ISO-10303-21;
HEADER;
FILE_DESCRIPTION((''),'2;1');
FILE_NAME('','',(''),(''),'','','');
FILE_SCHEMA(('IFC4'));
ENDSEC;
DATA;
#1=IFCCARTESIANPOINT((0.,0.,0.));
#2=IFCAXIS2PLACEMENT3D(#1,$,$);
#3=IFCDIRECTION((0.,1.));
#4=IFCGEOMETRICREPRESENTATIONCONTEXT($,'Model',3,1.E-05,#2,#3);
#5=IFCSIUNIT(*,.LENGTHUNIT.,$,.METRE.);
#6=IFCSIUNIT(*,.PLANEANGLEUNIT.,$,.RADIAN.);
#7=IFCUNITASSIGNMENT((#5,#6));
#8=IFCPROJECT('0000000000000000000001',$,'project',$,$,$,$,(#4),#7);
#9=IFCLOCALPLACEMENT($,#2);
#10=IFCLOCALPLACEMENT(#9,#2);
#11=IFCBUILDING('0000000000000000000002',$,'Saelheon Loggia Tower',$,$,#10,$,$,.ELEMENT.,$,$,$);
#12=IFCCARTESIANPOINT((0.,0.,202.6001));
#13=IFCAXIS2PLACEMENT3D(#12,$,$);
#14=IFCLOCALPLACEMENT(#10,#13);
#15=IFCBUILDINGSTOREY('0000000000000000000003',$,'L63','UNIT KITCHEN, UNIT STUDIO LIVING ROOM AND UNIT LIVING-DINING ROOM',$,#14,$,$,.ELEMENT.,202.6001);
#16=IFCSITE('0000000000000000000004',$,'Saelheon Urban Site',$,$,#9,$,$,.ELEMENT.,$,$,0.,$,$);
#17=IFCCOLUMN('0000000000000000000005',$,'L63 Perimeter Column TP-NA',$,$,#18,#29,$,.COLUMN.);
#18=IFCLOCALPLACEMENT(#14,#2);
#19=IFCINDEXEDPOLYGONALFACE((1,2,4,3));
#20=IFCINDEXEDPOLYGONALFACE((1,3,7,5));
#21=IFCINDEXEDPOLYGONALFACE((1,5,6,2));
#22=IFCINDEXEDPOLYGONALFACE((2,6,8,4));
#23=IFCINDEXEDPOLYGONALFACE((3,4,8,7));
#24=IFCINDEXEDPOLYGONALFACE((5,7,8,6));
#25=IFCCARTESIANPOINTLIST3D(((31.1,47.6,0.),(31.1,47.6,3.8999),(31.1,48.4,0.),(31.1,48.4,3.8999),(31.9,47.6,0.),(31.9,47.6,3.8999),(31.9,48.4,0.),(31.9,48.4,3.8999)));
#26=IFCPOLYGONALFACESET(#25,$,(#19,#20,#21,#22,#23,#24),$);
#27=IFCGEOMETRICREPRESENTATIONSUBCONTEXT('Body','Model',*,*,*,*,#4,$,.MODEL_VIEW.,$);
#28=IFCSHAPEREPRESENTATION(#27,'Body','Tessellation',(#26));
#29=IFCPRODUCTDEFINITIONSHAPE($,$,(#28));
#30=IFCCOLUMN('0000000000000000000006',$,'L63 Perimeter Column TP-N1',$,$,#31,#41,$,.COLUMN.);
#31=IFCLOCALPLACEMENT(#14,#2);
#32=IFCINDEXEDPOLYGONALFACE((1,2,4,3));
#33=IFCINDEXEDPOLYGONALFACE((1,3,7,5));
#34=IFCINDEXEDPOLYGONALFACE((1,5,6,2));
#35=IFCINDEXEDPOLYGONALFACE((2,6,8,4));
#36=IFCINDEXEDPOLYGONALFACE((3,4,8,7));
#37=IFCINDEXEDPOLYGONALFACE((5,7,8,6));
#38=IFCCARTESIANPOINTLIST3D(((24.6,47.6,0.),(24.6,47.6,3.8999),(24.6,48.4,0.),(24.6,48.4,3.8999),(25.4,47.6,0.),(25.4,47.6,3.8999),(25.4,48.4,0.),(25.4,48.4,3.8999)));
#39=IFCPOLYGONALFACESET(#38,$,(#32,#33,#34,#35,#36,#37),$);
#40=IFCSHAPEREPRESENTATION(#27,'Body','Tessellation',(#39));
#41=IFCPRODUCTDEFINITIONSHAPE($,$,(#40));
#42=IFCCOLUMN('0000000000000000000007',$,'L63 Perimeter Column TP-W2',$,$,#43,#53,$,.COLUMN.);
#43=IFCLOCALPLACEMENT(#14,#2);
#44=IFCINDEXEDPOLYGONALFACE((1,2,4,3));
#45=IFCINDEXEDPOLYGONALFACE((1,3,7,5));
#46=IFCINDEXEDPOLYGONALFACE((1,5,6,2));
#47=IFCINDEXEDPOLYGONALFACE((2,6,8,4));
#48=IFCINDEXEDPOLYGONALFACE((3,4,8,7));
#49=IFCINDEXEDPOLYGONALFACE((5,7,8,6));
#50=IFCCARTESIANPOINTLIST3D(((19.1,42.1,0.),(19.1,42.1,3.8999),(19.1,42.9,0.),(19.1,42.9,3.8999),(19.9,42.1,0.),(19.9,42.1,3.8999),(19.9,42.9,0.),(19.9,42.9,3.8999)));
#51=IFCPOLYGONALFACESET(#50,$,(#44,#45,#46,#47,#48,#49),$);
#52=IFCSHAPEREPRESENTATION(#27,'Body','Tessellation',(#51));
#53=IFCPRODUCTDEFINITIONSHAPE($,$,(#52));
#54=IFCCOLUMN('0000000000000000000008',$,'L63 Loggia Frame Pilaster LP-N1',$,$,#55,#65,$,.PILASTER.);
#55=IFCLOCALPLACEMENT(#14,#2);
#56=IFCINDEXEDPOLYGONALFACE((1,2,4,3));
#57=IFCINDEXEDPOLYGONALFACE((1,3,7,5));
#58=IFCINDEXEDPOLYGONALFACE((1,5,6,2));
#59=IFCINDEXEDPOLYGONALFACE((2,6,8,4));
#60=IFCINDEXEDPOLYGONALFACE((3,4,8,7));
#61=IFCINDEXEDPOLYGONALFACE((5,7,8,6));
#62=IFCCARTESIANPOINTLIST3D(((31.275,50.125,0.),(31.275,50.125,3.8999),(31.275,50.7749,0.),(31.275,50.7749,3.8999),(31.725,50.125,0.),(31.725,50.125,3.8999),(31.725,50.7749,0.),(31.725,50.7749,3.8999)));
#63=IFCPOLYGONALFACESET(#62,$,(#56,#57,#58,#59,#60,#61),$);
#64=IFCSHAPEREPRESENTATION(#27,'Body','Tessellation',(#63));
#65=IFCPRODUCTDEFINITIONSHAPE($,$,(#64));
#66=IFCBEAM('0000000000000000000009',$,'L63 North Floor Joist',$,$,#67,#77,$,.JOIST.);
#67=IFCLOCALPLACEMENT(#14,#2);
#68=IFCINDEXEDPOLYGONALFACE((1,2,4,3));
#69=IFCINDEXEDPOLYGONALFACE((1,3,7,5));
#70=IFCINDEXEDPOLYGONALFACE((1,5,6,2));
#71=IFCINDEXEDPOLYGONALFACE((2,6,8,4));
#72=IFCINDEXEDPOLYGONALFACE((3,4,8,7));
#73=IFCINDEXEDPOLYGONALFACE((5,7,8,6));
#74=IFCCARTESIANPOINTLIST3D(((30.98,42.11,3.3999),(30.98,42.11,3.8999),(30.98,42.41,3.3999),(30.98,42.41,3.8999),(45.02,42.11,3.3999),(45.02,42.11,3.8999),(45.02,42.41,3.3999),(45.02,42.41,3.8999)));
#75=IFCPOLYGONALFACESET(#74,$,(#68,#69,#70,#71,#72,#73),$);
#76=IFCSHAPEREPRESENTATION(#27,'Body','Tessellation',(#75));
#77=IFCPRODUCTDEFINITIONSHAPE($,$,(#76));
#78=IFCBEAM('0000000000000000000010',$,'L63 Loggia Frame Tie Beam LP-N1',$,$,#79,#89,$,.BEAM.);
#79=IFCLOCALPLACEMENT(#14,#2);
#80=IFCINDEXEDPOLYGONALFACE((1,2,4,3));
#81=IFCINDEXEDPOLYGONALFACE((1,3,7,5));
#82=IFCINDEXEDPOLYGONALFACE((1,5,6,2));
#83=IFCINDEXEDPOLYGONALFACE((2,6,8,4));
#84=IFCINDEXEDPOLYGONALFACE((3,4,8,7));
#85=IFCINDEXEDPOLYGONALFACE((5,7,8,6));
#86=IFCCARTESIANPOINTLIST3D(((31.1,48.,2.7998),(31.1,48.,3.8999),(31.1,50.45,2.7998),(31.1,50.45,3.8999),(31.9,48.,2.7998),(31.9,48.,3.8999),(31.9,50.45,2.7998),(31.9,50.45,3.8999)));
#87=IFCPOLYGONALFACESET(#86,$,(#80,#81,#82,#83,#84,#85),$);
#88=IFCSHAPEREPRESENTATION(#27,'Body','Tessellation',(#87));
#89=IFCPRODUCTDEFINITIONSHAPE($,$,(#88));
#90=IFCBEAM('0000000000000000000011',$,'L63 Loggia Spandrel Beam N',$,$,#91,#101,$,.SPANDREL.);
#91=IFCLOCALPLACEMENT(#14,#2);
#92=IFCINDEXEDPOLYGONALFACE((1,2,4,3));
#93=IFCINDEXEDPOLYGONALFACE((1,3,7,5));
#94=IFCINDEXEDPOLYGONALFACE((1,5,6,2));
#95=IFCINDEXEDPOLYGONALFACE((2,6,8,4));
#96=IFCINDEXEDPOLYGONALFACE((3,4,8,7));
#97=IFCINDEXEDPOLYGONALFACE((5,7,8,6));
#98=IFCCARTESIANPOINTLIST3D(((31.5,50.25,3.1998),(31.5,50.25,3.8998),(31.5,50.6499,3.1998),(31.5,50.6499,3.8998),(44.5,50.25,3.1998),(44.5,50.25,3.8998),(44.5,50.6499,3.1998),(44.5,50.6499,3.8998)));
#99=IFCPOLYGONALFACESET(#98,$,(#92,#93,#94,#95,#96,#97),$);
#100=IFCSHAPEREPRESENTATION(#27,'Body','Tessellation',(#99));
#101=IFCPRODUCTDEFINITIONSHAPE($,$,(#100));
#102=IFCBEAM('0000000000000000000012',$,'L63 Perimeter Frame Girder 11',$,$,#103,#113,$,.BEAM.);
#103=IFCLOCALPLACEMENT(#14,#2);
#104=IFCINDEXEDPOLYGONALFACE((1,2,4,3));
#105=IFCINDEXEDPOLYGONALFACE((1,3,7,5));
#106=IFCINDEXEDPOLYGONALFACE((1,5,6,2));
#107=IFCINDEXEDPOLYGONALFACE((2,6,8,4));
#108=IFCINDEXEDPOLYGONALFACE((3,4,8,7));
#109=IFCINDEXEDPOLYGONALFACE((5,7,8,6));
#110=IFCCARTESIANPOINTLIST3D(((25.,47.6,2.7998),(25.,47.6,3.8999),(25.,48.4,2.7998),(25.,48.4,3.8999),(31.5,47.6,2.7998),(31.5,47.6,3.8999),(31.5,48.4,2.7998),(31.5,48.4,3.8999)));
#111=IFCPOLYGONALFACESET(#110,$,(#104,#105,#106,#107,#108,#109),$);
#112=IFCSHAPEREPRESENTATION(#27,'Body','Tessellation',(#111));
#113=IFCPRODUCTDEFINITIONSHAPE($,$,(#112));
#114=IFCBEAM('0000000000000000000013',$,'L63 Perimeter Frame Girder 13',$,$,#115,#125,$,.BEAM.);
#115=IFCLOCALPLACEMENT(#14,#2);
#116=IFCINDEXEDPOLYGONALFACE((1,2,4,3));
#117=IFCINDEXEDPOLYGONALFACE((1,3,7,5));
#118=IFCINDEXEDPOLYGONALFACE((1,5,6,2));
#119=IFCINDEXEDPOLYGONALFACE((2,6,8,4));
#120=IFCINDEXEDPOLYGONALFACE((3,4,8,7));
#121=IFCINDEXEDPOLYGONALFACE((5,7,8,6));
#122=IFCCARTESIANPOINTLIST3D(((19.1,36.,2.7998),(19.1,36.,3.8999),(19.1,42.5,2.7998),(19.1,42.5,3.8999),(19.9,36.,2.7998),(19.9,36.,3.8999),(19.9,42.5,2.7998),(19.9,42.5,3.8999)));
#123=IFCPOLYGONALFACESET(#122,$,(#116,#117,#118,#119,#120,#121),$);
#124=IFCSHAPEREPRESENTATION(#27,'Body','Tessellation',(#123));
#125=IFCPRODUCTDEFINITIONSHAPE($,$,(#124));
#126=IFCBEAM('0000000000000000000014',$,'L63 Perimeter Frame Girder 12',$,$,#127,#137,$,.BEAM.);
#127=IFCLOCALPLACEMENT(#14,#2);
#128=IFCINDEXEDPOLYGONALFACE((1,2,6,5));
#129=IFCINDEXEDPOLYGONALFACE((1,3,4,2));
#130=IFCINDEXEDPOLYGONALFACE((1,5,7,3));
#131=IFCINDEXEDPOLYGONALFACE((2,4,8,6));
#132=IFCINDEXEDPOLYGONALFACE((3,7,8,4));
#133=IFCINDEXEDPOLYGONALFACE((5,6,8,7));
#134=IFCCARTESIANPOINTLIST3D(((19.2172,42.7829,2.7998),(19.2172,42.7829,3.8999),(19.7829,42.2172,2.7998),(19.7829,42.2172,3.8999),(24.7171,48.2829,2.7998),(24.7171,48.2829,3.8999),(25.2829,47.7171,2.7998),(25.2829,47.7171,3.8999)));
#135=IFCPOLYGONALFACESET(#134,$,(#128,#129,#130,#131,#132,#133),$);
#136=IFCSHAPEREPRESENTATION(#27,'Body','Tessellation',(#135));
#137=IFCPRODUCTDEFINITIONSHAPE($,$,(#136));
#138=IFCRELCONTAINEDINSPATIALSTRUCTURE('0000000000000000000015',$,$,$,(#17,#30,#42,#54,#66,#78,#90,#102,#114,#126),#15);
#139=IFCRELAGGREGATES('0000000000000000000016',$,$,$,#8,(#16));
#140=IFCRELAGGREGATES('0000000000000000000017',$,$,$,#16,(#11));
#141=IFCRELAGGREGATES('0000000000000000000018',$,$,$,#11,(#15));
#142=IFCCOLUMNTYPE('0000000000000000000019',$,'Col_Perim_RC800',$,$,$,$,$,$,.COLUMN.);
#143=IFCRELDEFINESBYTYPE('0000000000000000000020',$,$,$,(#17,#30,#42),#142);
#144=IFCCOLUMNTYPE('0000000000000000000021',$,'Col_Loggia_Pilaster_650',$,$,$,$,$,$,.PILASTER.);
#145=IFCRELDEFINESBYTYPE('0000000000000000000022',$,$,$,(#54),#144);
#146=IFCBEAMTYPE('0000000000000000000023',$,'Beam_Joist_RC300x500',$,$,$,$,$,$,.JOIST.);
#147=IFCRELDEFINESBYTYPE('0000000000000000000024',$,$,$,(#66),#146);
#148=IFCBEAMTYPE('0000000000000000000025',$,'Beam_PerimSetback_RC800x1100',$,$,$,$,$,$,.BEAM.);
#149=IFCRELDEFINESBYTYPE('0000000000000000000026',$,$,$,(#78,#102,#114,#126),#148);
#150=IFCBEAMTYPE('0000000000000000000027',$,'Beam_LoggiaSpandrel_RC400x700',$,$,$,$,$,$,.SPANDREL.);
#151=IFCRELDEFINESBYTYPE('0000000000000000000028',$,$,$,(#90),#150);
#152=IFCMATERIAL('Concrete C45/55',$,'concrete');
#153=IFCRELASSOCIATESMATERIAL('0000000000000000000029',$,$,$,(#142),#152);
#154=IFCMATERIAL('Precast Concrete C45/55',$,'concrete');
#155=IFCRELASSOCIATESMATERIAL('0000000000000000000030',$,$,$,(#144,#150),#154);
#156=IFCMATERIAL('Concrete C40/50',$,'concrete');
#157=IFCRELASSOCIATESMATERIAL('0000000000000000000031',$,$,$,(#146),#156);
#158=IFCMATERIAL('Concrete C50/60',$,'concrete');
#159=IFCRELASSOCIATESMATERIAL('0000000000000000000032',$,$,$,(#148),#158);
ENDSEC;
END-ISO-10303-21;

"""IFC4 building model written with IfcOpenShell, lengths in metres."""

from ifc_helpers import new_model, si_unit, direction, frame, origin, origin_2d, place, context, subcontext, project, spatial, rectangle, extrude, source, transform, mapped, material, material_profile, profile_set, type_object, element, save


model = new_model("IFC4")

# Units and contexts
model_context = context("Model", 3, precision=1e-05, world=origin(), true_north=direction((0.0, 1.0)))
body_context = subcontext(model_context, "Body", "Model", "MODEL_VIEW")
ifc_project = project(units=[si_unit("LENGTHUNIT", "METRE"), si_unit("PLANEANGLEUNIT", "RADIAN")], contexts=[model_context])

# Site, building, storey
site_placement = place(None, origin())
site = spatial("IfcSite", under=ifc_project, at=site_placement, Name="Saelheon Urban Site", CompositionType="ELEMENT", RefElevation=0.0)
building_placement = place(site_placement, origin())
building = spatial("IfcBuilding", under=site, at=building_placement, Name="Saelheon Loggia Tower", CompositionType="ELEMENT")
storey_placement = place(building_placement, frame((0.0, 0.0, 202.6001)))
storey = spatial("IfcBuildingStorey", under=building, at=storey_placement, Name="L63", Description="UNIT KITCHEN, UNIT STUDIO LIVING ROOM AND UNIT LIVING-DINING ROOM", CompositionType="ELEMENT", Elevation=202.6001)

# Columns
ifc_material_1 = material(Name="Concrete C45/55", Category="concrete")
ifc_material_profile_1 = material_profile(ifc_material_1, rectangle(XDim=0.8, YDim=0.8, at=origin_2d()), Name="RC-800x800")
ifc_profile_set_1 = profile_set([ifc_material_profile_1], Name="Concrete C45/55")
column_type_1 = type_object("IfcColumnType", Name="Col_Perim_RC800", PredefinedType="COLUMN", material=ifc_profile_set_1)
shared_shape_1 = source(origin(), body_context, "Body", "SweptSolid", [
    extrude(rectangle(XDim=0.8, YDim=0.8, at=origin_2d()), origin(), (0.0, 0.0, 1.0), 3.8999),
])
for number, where, z_axis, x_axis, name in (
    (1, (31.5, 48.0, 0.0), (0.0, 0.0, 1.0), (1.0, 0.0, 0.0), "L63 Perimeter Column TP-NA"),
    (2, (25.0, 48.0, 0.0), (0.0, 0.0, 1.0), (1.0, 0.0, 0.0), "L63 Perimeter Column TP-N1"),
    (3, (19.5, 42.5, 0.0), (0.0, 0.0, 1.0), (1.0, 0.0, 0.0), "L63 Perimeter Column TP-W2"),
):
    element("IfcColumn", number, at=place(storey_placement, frame(where, z_axis=z_axis, x_axis=x_axis)), inside=storey, type_object=column_type_1, Name=name, PredefinedType="COLUMN", context=body_context, shape_type="MappedRepresentation", body=[
        mapped(shared_shape_1, transform((0.0, 0.0, 0.0), scale=1.0)),
    ])
ifc_material_2 = material(Name="Precast Concrete C45/55", Category="concrete")
ifc_material_profile_2 = material_profile(ifc_material_2, rectangle(XDim=0.45, YDim=0.6499, at=origin_2d()), Name="RC-450x650")
ifc_profile_set_2 = profile_set([ifc_material_profile_2], Name="Precast Concrete C45/55")
column_type_2 = type_object("IfcColumnType", Name="Col_Loggia_Pilaster_650", PredefinedType="PILASTER", material=ifc_profile_set_2)
shared_shape_2 = source(origin(), body_context, "Body", "SweptSolid", [
    extrude(rectangle(XDim=0.45, YDim=0.6499, at=origin_2d()), origin(), (0.0, 0.0, 1.0), 3.8999),
])
column_placement = place(storey_placement, frame((31.5, 50.45, 0.0), z_axis=(0.0, 0.0, 1.0), x_axis=(1.0, 0.0, 0.0)))
element("IfcColumn", 4, at=column_placement, inside=storey, type_object=column_type_2, Name="L63 Loggia Frame Pilaster LP-N1", PredefinedType="PILASTER", context=body_context, shape_type="MappedRepresentation", body=[
    mapped(shared_shape_2, transform((0.0, 0.0, 0.0), scale=1.0)),
])

# Beams
ifc_material_3 = material(Name="Concrete C40/50", Category="concrete")
ifc_material_profile_3 = material_profile(ifc_material_3, rectangle(XDim=0.3, YDim=0.5, at=origin_2d()), Name="RC-300x500")
ifc_profile_set_3 = profile_set([ifc_material_profile_3], Name="Concrete C40/50")
beam_type_1 = type_object("IfcBeamType", Name="Beam_Joist_RC300x500", PredefinedType="JOIST", material=ifc_profile_set_3)
shared_shape_3 = source(origin(), body_context, "Body", "SweptSolid", [
    extrude(rectangle(XDim=0.3, YDim=0.5, at=origin_2d()), origin(), (0.0, 0.0, 1.0), 14.04),
])
beam_1_placement = place(storey_placement, frame((30.98, 42.26, 3.6499), z_axis=(1.0, 0.0, 0.0), x_axis=(0.0, 1.0, 0.0)))
element("IfcBeam", 5, at=beam_1_placement, inside=storey, type_object=beam_type_1, Name="L63 North Floor Joist", PredefinedType="JOIST", context=body_context, shape_type="MappedRepresentation", body=[
    mapped(shared_shape_3, transform((0.0, 0.0, 0.0), scale=1.0)),
])
ifc_material_4 = material(Name="Concrete C50/60", Category="concrete")
ifc_material_profile_4 = material_profile(ifc_material_4, rectangle(XDim=0.8, YDim=1.1001, at=origin_2d()), Name="RC-800x1100")
ifc_profile_set_4 = profile_set([ifc_material_profile_4], Name="Concrete C50/60")
beam_type_2 = type_object("IfcBeamType", Name="Beam_PerimSetback_RC800x1100", PredefinedType="BEAM", material=ifc_profile_set_4)
shared_shape_4 = source(origin(), body_context, "Body", "SweptSolid", [
    extrude(rectangle(XDim=0.8, YDim=1.1001, at=origin_2d()), origin(), (0.0, 0.0, 1.0), 2.45),
])
beam_2_placement = place(storey_placement, frame((31.5, 48.0, 3.3499), z_axis=(0.0, 1.0, 0.0), x_axis=(-1.0, 0.0, 0.0)))
element("IfcBeam", 6, at=beam_2_placement, inside=storey, type_object=beam_type_2, Name="L63 Loggia Frame Tie Beam LP-N1", PredefinedType="BEAM", context=body_context, shape_type="MappedRepresentation", body=[
    mapped(shared_shape_4, transform((0.0, 0.0, 0.0), scale=1.0)),
])
ifc_material_profile_5 = material_profile(ifc_material_2, rectangle(XDim=0.3999, YDim=0.7, at=origin_2d()), Name="RC-400x700")
ifc_profile_set_5 = profile_set([ifc_material_profile_5], Name="Precast Concrete C45/55")
beam_type_3 = type_object("IfcBeamType", Name="Beam_LoggiaSpandrel_RC400x700", PredefinedType="SPANDREL", material=ifc_profile_set_5)
shared_shape_5 = source(origin(), body_context, "Body", "SweptSolid", [
    extrude(rectangle(XDim=0.3999, YDim=0.7, at=origin_2d()), origin(), (0.0, 0.0, 1.0), 13.0),
])
beam_3_placement = place(storey_placement, frame((31.5, 50.45, 3.5498), z_axis=(1.0, 0.0, 0.0), x_axis=(0.0, 1.0, 0.0)))
element("IfcBeam", 7, at=beam_3_placement, inside=storey, type_object=beam_type_3, Name="L63 Loggia Spandrel Beam N", PredefinedType="SPANDREL", context=body_context, shape_type="MappedRepresentation", body=[
    mapped(shared_shape_5, transform((0.0, 0.0, 0.0), scale=1.0)),
])
shared_shape_6 = source(origin(), body_context, "Body", "SweptSolid", [
    extrude(rectangle(XDim=0.8, YDim=1.1001, at=origin_2d()), origin(), (0.0, 0.0, 1.0), 6.5),
])
for number, where, z_axis, x_axis, name in (
    (8, (31.5, 48.0, 3.3499), (-1.0, 0.0, 0.0), (0.0, -1.0, 0.0), "L63 Perimeter Frame Girder 11"),
    (9, (19.5, 42.5, 3.3499), (0.0, -1.0, 0.0), (1.0, 0.0, 0.0), "L63 Perimeter Frame Girder 13"),
):
    element("IfcBeam", number, at=place(storey_placement, frame(where, z_axis=z_axis, x_axis=x_axis)), inside=storey, type_object=beam_type_2, Name=name, PredefinedType="BEAM", context=body_context, shape_type="MappedRepresentation", body=[
        mapped(shared_shape_6, transform((0.0, 0.0, 0.0), scale=1.0)),
    ])
shared_shape_7 = source(origin(), body_context, "Body", "SweptSolid", [
    extrude(rectangle(XDim=0.8, YDim=1.1001, at=origin_2d()), origin(), (0.0, 0.0, 1.0), 7.7781),
])
beam_4_placement = place(storey_placement, frame((25.0, 48.0, 3.3499), z_axis=(-0.707107, -0.707107, 0.0), x_axis=(0.707107, -0.707107, 0.0)))
element("IfcBeam", 10, at=beam_4_placement, inside=storey, type_object=beam_type_2, Name="L63 Perimeter Frame Girder 12", PredefinedType="BEAM", context=body_context, shape_type="MappedRepresentation", body=[
    mapped(shared_shape_7, transform((0.0, 0.0, 0.0), scale=1.0)),
])

save(model, "model.ifc")
